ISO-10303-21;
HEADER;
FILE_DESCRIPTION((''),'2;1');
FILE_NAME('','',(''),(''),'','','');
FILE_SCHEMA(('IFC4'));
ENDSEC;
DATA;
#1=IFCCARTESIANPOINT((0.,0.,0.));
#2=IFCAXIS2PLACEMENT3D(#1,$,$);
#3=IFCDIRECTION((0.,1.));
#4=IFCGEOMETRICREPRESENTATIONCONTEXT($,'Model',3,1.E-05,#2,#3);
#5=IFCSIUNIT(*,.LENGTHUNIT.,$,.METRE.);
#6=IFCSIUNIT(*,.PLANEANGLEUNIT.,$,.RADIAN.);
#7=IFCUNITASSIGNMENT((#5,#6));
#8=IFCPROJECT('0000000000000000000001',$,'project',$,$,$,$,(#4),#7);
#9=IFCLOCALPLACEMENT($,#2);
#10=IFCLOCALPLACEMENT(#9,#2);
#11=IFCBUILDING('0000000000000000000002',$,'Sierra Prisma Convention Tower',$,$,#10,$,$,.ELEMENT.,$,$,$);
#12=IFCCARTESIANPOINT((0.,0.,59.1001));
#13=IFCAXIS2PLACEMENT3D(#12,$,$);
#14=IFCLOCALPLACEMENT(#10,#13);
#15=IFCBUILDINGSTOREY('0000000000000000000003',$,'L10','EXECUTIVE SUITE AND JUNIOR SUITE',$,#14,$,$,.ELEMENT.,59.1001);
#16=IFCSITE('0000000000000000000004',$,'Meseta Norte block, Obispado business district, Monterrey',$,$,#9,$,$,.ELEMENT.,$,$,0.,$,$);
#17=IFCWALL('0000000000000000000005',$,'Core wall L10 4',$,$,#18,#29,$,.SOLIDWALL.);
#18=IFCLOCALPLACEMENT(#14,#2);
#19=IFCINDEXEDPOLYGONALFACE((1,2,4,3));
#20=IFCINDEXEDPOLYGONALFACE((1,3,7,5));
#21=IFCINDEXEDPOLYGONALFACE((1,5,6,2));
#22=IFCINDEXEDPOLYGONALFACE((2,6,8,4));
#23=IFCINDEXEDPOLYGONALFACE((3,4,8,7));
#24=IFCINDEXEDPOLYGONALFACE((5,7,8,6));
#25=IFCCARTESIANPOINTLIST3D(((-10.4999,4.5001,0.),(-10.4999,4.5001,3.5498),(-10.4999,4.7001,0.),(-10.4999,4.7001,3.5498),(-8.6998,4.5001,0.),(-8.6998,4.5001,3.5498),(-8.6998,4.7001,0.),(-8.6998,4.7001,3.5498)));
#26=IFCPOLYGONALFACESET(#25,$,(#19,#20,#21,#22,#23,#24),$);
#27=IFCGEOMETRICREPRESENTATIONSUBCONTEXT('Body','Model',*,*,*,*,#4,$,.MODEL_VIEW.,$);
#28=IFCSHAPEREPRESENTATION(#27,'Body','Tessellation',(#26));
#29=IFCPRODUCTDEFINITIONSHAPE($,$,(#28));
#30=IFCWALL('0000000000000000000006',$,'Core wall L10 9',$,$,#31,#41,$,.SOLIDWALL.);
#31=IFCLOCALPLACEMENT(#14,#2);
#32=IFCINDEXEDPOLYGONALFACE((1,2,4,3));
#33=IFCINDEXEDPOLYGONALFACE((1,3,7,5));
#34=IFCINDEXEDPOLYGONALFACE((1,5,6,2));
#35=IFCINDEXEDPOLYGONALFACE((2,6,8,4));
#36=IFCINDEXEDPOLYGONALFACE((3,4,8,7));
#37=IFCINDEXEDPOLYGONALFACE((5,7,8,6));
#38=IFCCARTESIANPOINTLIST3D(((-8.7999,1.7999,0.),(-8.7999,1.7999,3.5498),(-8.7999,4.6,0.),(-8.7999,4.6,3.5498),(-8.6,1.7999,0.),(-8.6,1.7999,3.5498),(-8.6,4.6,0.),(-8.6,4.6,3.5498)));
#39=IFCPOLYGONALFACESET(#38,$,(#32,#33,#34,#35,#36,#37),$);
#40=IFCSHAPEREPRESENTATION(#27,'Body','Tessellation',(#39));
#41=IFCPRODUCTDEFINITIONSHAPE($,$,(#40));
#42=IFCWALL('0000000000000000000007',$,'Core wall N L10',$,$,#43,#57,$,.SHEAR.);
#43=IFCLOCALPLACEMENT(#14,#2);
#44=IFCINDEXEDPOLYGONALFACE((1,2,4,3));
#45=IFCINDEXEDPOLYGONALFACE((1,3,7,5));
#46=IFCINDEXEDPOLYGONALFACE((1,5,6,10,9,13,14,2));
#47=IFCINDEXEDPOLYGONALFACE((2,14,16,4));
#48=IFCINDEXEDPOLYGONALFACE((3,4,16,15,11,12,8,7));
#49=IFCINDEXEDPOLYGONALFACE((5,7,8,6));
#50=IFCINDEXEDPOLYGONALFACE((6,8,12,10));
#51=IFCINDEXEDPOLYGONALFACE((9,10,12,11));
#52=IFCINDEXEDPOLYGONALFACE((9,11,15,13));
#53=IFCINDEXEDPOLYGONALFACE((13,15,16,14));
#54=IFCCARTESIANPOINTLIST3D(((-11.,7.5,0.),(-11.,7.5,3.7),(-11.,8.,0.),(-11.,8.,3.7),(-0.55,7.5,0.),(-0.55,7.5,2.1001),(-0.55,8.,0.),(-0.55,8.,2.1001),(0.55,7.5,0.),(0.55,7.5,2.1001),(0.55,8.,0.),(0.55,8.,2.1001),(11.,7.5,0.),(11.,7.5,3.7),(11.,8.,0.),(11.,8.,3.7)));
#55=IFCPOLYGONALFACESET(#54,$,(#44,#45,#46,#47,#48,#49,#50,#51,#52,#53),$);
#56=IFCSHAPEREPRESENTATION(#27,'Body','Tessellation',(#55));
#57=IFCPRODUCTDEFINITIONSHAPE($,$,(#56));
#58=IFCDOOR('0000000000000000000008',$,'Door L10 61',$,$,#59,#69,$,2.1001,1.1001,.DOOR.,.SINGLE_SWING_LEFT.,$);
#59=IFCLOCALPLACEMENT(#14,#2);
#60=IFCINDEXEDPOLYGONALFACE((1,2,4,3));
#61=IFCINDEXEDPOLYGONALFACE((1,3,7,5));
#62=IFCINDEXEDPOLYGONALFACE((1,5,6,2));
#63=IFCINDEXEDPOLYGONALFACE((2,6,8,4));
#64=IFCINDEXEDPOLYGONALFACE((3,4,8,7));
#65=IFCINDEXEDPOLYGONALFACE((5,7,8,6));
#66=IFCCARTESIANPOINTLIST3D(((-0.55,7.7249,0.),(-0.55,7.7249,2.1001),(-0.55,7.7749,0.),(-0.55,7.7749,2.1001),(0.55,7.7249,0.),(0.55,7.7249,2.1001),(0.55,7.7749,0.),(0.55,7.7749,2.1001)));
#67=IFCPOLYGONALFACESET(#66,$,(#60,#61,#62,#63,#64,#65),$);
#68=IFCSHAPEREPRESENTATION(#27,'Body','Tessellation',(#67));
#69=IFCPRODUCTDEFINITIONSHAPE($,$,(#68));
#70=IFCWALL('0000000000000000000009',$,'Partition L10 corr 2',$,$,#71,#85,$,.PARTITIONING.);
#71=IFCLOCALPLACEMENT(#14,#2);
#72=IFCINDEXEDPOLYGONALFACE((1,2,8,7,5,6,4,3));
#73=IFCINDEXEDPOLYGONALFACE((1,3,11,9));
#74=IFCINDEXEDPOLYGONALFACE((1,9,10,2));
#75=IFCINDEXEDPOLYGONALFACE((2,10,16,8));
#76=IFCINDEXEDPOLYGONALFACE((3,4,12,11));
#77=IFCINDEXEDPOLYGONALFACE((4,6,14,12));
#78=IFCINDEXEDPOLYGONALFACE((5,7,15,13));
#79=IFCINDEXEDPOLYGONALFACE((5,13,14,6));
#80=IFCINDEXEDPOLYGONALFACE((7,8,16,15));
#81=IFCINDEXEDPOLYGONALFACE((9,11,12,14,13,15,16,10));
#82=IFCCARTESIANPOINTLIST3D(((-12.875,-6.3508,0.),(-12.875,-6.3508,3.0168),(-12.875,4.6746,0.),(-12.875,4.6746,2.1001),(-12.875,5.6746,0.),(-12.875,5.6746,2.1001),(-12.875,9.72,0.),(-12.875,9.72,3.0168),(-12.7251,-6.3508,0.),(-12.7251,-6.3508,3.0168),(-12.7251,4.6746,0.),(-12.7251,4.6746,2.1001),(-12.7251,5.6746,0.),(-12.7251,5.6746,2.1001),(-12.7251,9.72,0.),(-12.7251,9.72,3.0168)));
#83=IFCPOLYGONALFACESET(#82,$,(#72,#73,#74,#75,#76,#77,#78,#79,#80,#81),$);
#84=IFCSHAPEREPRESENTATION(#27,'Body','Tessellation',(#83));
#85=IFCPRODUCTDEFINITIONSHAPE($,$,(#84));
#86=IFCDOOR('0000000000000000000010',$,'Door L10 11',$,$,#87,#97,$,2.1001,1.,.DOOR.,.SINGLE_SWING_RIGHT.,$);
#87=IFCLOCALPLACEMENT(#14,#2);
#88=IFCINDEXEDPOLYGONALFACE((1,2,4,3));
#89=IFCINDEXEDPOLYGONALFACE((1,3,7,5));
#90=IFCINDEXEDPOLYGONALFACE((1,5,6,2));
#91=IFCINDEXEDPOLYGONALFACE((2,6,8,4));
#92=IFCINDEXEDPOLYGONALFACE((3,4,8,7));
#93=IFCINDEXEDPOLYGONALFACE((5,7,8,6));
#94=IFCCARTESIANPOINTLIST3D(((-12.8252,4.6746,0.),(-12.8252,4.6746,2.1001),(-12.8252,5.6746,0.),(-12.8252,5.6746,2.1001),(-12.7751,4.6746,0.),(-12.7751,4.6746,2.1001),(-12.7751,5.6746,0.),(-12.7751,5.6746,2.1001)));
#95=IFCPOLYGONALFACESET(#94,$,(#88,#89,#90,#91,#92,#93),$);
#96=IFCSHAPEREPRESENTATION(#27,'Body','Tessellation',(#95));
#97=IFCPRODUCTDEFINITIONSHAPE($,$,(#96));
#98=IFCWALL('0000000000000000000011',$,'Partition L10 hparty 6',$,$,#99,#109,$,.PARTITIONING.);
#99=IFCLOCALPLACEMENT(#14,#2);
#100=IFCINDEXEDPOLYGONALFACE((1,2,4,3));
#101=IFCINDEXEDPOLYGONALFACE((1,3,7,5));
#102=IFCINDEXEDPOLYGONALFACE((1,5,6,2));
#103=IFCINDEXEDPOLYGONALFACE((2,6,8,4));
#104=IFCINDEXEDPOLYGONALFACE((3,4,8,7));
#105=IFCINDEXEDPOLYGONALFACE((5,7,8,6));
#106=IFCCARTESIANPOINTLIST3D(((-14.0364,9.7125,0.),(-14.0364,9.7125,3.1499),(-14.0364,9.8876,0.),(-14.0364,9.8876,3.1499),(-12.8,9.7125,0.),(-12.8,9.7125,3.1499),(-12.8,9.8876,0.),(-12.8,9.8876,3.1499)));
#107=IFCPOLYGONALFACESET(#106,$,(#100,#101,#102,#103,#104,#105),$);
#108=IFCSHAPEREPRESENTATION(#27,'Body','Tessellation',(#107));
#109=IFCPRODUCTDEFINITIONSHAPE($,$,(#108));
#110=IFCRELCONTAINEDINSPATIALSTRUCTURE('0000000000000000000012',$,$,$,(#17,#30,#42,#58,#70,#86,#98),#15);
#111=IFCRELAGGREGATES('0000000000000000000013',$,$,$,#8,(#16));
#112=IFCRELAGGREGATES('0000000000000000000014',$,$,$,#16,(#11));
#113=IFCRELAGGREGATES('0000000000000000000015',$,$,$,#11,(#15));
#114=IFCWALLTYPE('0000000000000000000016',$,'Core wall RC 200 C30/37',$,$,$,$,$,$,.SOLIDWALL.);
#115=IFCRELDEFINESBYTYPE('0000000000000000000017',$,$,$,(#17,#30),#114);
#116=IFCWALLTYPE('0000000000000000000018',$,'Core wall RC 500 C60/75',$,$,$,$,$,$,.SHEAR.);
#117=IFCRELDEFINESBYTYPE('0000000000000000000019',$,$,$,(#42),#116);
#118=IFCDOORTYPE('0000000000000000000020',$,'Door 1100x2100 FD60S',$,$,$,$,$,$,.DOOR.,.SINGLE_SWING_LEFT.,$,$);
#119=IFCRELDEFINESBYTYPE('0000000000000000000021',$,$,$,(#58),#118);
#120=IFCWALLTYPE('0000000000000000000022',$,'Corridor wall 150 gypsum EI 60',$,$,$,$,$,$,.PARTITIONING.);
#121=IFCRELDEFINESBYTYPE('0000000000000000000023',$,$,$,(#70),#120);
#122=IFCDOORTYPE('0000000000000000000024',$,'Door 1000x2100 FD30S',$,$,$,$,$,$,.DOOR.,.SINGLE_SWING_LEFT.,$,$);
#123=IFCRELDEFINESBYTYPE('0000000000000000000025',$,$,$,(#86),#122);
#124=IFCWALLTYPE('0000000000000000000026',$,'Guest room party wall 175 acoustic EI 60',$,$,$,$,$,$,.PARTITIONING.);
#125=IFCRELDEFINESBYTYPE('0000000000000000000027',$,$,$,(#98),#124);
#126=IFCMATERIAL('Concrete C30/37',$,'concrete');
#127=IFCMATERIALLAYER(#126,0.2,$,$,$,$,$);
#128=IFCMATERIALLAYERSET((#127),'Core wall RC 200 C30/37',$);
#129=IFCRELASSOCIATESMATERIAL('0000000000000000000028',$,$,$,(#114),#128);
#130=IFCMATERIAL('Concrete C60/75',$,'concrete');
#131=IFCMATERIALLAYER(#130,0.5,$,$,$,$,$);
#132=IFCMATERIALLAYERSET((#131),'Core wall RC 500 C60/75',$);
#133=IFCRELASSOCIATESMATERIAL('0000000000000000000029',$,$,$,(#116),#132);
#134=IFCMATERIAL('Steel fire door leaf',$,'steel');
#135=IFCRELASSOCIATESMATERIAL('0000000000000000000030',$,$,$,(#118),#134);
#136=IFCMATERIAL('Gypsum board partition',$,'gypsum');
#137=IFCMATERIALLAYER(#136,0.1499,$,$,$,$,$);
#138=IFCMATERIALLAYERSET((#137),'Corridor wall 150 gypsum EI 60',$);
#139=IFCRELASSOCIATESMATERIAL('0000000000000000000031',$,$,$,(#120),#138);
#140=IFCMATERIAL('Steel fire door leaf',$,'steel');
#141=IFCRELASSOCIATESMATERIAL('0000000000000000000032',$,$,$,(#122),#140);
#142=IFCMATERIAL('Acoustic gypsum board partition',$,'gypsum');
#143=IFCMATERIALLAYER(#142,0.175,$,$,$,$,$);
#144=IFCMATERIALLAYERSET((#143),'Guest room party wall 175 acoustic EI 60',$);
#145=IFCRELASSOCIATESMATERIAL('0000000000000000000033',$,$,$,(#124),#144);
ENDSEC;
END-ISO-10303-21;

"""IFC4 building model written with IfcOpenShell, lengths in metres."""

from ifc_helpers import new_model, si_unit, direction, frame, frame_2d, origin, place, context, subcontext, project, spatial, rectangle, extrude, material, layer, layer_set, type_object, element, fill, save


model = new_model("IFC4")

# Units and contexts
model_context = context("Model", 3, precision=1e-05, world=origin(), true_north=direction((0.0, 1.0)))
body_context = subcontext(model_context, "Body", "Model", "MODEL_VIEW")
ifc_project = project(units=[si_unit("LENGTHUNIT", "METRE"), si_unit("PLANEANGLEUNIT", "RADIAN")], contexts=[model_context])

# Site, building, storey
site_placement = place(None, origin())
site = spatial("IfcSite", under=ifc_project, at=site_placement, Name="Meseta Norte block, Obispado business district, Monterrey", CompositionType="ELEMENT", RefElevation=0.0)
building_placement = place(site_placement, origin())
building = spatial("IfcBuilding", under=site, at=building_placement, Name="Sierra Prisma Convention Tower", CompositionType="ELEMENT")
storey_placement = place(building_placement, frame((0.0, 0.0, 59.1001)))
storey = spatial("IfcBuildingStorey", under=building, at=storey_placement, Name="L10", Description="EXECUTIVE SUITE AND JUNIOR SUITE", CompositionType="ELEMENT", Elevation=59.1001)

# Shared definitions
ifc_material_1 = material(Name="Concrete C30/37", Category="concrete")
ifc_layer_1 = layer(ifc_material_1, 0.2)
ifc_layer_set_1 = layer_set([ifc_layer_1], Name="Core wall RC 200 C30/37")
wall_type_1 = type_object("IfcWallType", Name="Core wall RC 200 C30/37", PredefinedType="SOLIDWALL", material=ifc_layer_set_1)

# Walls
wall_1_placement = place(storey_placement, frame((-8.7, 4.6001, 0.0), z_axis=(0.0, 0.0, 1.0), x_axis=(-1.0, 0.0, 0.0)))
element("IfcWall", 1, at=wall_1_placement, inside=storey, type_object=wall_type_1, Name="Core wall L10 4", PredefinedType="SOLIDWALL", context=body_context, shape_type="SweptSolid", body=[
    extrude(rectangle(XDim=1.8, YDim=0.2, at=frame_2d((0.8999, 0.0))), origin(), (0.0, 0.0, 1.0), 3.5498),
])
wall_2_placement = place(storey_placement, frame((-8.7, 1.8, 0.0), z_axis=(0.0, 0.0, 1.0), x_axis=(0.0, 1.0, 0.0)))
element("IfcWall", 2, at=wall_2_placement, inside=storey, type_object=wall_type_1, Name="Core wall L10 9", PredefinedType="SOLIDWALL", context=body_context, shape_type="SweptSolid", body=[
    extrude(rectangle(XDim=2.8, YDim=0.2, at=frame_2d((1.3999, 0.0))), origin(), (0.0, 0.0, 1.0), 3.5498),
])

# Walls, openings, doors
ifc_material_2 = material(Name="Concrete C60/75", Category="concrete")
ifc_layer_2 = layer(ifc_material_2, 0.5)
ifc_layer_set_2 = layer_set([ifc_layer_2], Name="Core wall RC 500 C60/75")
wall_type_2 = type_object("IfcWallType", Name="Core wall RC 500 C60/75", PredefinedType="SHEAR", material=ifc_layer_set_2)
wall_3_placement = place(storey_placement, frame((-11.0, 7.75, 0.0), z_axis=(0.0, 0.0, 1.0), x_axis=(1.0, 0.0, 0.0)))
wall_3 = element("IfcWall", 3, at=wall_3_placement, inside=storey, type_object=wall_type_2, Name="Core wall N L10", PredefinedType="SHEAR", context=body_context, shape_type="SweptSolid", body=[
    extrude(rectangle(XDim=22.0, YDim=0.5, at=frame_2d((11.0, 0.0))), origin(), (0.0, 0.0, 1.0), 3.7),
])
opening_1_placement = place(wall_3_placement, frame((10.45, 0.0, 0.0)))
opening_1 = element("IfcOpeningElement", 4, at=opening_1_placement, cuts=wall_3, PredefinedType="OPENING", context=body_context, shape_type="SweptSolid", body=[
    extrude(rectangle(XDim=1.1001, YDim=2.1001, at=frame_2d((0.55, 1.05))), frame((0.0, 0.25, 0.0), z_axis=(0.0, -1.0, 0.0), x_axis=(1.0, 0.0, 0.0)), (0.0, 0.0, 1.0), 0.5),
])
ifc_material_3 = material(Name="Steel fire door leaf", Category="steel")
door_type_1 = type_object("IfcDoorType", Name="Door 1100x2100 FD60S", OperationType="SINGLE_SWING_LEFT", PredefinedType="DOOR", material=ifc_material_3)
door_1_placement = place(opening_1_placement, origin())
door_1 = element("IfcDoor", 5, at=door_1_placement, inside=storey, type_object=door_type_1, Name="Door L10 61", OperationType="SINGLE_SWING_LEFT", OverallHeight=2.1001, OverallWidth=1.1001, PredefinedType="DOOR", context=body_context, shape_type="SweptSolid", body=[
    extrude(rectangle(XDim=1.1001, YDim=2.1001, at=frame_2d((0.55, 1.05))), frame((0.0, 0.0249, 0.0), z_axis=(0.0, -1.0, 0.0), x_axis=(1.0, 0.0, 0.0)), (0.0, 0.0, 1.0), 0.05),
])
fill(opening_1, door_1)
ifc_material_4 = material(Name="Gypsum board partition", Category="gypsum")
ifc_layer_3 = layer(ifc_material_4, 0.1499)
ifc_layer_set_3 = layer_set([ifc_layer_3], Name="Corridor wall 150 gypsum EI 60")
wall_type_3 = type_object("IfcWallType", Name="Corridor wall 150 gypsum EI 60", PredefinedType="PARTITIONING", material=ifc_layer_set_3)
wall_4_placement = place(storey_placement, frame((-12.8, 9.72, 0.0), z_axis=(0.0, 0.0, 1.0), x_axis=(0.0, -1.0, 0.0)))
wall_4 = element("IfcWall", 6, at=wall_4_placement, inside=storey, type_object=wall_type_3, Name="Partition L10 corr 2", PredefinedType="PARTITIONING", context=body_context, shape_type="SweptSolid", body=[
    extrude(rectangle(XDim=16.0708, YDim=0.1499, at=frame_2d((8.0354, 0.0))), origin(), (0.0, 0.0, 1.0), 3.0168),
])
opening_2_placement = place(wall_4_placement, frame((4.0454, 0.0, 0.0)))
opening_2 = element("IfcOpeningElement", 7, at=opening_2_placement, cuts=wall_4, PredefinedType="OPENING", context=body_context, shape_type="SweptSolid", body=[
    extrude(rectangle(XDim=1.0, YDim=2.1001, at=frame_2d((0.5, 1.05))), frame((0.0, 0.075, 0.0), z_axis=(0.0, -1.0, 0.0), x_axis=(1.0, 0.0, 0.0)), (0.0, 0.0, 1.0), 0.1499),
])
ifc_material_5 = material(Name="Steel fire door leaf", Category="steel")
door_type_2 = type_object("IfcDoorType", Name="Door 1000x2100 FD30S", OperationType="SINGLE_SWING_LEFT", PredefinedType="DOOR", material=ifc_material_5)
door_2_placement = place(opening_2_placement, origin())
door_2 = element("IfcDoor", 8, at=door_2_placement, inside=storey, type_object=door_type_2, Name="Door L10 11", OperationType="SINGLE_SWING_RIGHT", OverallHeight=2.1001, OverallWidth=1.0, PredefinedType="DOOR", context=body_context, shape_type="SweptSolid", body=[
    extrude(rectangle(XDim=1.0, YDim=2.1001, at=frame_2d((0.5, 1.05))), frame((0.0, 0.0249, 0.0), z_axis=(0.0, -1.0, 0.0), x_axis=(1.0, 0.0, 0.0)), (0.0, 0.0, 1.0), 0.05),
])
fill(opening_2, door_2)

# Wall
ifc_material_6 = material(Name="Acoustic gypsum board partition", Category="gypsum")
ifc_layer_4 = layer(ifc_material_6, 0.175)
ifc_layer_set_4 = layer_set([ifc_layer_4], Name="Guest room party wall 175 acoustic EI 60")
wall_type_4 = type_object("IfcWallType", Name="Guest room party wall 175 acoustic EI 60", PredefinedType="PARTITIONING", material=ifc_layer_set_4)
wall_5_placement = place(storey_placement, frame((-12.8, 9.8, 0.0), z_axis=(0.0, 0.0, 1.0), x_axis=(-1.0, 0.0, 0.0)))
element("IfcWall", 9, at=wall_5_placement, inside=storey, type_object=wall_type_4, Name="Partition L10 hparty 6", PredefinedType="PARTITIONING", context=body_context, shape_type="SweptSolid", body=[
    extrude(rectangle(XDim=1.2363, YDim=0.175, at=frame_2d((0.6182, 0.0))), origin(), (0.0, 0.0, 1.0), 3.1499),
])

save(model, "model.ifc")
